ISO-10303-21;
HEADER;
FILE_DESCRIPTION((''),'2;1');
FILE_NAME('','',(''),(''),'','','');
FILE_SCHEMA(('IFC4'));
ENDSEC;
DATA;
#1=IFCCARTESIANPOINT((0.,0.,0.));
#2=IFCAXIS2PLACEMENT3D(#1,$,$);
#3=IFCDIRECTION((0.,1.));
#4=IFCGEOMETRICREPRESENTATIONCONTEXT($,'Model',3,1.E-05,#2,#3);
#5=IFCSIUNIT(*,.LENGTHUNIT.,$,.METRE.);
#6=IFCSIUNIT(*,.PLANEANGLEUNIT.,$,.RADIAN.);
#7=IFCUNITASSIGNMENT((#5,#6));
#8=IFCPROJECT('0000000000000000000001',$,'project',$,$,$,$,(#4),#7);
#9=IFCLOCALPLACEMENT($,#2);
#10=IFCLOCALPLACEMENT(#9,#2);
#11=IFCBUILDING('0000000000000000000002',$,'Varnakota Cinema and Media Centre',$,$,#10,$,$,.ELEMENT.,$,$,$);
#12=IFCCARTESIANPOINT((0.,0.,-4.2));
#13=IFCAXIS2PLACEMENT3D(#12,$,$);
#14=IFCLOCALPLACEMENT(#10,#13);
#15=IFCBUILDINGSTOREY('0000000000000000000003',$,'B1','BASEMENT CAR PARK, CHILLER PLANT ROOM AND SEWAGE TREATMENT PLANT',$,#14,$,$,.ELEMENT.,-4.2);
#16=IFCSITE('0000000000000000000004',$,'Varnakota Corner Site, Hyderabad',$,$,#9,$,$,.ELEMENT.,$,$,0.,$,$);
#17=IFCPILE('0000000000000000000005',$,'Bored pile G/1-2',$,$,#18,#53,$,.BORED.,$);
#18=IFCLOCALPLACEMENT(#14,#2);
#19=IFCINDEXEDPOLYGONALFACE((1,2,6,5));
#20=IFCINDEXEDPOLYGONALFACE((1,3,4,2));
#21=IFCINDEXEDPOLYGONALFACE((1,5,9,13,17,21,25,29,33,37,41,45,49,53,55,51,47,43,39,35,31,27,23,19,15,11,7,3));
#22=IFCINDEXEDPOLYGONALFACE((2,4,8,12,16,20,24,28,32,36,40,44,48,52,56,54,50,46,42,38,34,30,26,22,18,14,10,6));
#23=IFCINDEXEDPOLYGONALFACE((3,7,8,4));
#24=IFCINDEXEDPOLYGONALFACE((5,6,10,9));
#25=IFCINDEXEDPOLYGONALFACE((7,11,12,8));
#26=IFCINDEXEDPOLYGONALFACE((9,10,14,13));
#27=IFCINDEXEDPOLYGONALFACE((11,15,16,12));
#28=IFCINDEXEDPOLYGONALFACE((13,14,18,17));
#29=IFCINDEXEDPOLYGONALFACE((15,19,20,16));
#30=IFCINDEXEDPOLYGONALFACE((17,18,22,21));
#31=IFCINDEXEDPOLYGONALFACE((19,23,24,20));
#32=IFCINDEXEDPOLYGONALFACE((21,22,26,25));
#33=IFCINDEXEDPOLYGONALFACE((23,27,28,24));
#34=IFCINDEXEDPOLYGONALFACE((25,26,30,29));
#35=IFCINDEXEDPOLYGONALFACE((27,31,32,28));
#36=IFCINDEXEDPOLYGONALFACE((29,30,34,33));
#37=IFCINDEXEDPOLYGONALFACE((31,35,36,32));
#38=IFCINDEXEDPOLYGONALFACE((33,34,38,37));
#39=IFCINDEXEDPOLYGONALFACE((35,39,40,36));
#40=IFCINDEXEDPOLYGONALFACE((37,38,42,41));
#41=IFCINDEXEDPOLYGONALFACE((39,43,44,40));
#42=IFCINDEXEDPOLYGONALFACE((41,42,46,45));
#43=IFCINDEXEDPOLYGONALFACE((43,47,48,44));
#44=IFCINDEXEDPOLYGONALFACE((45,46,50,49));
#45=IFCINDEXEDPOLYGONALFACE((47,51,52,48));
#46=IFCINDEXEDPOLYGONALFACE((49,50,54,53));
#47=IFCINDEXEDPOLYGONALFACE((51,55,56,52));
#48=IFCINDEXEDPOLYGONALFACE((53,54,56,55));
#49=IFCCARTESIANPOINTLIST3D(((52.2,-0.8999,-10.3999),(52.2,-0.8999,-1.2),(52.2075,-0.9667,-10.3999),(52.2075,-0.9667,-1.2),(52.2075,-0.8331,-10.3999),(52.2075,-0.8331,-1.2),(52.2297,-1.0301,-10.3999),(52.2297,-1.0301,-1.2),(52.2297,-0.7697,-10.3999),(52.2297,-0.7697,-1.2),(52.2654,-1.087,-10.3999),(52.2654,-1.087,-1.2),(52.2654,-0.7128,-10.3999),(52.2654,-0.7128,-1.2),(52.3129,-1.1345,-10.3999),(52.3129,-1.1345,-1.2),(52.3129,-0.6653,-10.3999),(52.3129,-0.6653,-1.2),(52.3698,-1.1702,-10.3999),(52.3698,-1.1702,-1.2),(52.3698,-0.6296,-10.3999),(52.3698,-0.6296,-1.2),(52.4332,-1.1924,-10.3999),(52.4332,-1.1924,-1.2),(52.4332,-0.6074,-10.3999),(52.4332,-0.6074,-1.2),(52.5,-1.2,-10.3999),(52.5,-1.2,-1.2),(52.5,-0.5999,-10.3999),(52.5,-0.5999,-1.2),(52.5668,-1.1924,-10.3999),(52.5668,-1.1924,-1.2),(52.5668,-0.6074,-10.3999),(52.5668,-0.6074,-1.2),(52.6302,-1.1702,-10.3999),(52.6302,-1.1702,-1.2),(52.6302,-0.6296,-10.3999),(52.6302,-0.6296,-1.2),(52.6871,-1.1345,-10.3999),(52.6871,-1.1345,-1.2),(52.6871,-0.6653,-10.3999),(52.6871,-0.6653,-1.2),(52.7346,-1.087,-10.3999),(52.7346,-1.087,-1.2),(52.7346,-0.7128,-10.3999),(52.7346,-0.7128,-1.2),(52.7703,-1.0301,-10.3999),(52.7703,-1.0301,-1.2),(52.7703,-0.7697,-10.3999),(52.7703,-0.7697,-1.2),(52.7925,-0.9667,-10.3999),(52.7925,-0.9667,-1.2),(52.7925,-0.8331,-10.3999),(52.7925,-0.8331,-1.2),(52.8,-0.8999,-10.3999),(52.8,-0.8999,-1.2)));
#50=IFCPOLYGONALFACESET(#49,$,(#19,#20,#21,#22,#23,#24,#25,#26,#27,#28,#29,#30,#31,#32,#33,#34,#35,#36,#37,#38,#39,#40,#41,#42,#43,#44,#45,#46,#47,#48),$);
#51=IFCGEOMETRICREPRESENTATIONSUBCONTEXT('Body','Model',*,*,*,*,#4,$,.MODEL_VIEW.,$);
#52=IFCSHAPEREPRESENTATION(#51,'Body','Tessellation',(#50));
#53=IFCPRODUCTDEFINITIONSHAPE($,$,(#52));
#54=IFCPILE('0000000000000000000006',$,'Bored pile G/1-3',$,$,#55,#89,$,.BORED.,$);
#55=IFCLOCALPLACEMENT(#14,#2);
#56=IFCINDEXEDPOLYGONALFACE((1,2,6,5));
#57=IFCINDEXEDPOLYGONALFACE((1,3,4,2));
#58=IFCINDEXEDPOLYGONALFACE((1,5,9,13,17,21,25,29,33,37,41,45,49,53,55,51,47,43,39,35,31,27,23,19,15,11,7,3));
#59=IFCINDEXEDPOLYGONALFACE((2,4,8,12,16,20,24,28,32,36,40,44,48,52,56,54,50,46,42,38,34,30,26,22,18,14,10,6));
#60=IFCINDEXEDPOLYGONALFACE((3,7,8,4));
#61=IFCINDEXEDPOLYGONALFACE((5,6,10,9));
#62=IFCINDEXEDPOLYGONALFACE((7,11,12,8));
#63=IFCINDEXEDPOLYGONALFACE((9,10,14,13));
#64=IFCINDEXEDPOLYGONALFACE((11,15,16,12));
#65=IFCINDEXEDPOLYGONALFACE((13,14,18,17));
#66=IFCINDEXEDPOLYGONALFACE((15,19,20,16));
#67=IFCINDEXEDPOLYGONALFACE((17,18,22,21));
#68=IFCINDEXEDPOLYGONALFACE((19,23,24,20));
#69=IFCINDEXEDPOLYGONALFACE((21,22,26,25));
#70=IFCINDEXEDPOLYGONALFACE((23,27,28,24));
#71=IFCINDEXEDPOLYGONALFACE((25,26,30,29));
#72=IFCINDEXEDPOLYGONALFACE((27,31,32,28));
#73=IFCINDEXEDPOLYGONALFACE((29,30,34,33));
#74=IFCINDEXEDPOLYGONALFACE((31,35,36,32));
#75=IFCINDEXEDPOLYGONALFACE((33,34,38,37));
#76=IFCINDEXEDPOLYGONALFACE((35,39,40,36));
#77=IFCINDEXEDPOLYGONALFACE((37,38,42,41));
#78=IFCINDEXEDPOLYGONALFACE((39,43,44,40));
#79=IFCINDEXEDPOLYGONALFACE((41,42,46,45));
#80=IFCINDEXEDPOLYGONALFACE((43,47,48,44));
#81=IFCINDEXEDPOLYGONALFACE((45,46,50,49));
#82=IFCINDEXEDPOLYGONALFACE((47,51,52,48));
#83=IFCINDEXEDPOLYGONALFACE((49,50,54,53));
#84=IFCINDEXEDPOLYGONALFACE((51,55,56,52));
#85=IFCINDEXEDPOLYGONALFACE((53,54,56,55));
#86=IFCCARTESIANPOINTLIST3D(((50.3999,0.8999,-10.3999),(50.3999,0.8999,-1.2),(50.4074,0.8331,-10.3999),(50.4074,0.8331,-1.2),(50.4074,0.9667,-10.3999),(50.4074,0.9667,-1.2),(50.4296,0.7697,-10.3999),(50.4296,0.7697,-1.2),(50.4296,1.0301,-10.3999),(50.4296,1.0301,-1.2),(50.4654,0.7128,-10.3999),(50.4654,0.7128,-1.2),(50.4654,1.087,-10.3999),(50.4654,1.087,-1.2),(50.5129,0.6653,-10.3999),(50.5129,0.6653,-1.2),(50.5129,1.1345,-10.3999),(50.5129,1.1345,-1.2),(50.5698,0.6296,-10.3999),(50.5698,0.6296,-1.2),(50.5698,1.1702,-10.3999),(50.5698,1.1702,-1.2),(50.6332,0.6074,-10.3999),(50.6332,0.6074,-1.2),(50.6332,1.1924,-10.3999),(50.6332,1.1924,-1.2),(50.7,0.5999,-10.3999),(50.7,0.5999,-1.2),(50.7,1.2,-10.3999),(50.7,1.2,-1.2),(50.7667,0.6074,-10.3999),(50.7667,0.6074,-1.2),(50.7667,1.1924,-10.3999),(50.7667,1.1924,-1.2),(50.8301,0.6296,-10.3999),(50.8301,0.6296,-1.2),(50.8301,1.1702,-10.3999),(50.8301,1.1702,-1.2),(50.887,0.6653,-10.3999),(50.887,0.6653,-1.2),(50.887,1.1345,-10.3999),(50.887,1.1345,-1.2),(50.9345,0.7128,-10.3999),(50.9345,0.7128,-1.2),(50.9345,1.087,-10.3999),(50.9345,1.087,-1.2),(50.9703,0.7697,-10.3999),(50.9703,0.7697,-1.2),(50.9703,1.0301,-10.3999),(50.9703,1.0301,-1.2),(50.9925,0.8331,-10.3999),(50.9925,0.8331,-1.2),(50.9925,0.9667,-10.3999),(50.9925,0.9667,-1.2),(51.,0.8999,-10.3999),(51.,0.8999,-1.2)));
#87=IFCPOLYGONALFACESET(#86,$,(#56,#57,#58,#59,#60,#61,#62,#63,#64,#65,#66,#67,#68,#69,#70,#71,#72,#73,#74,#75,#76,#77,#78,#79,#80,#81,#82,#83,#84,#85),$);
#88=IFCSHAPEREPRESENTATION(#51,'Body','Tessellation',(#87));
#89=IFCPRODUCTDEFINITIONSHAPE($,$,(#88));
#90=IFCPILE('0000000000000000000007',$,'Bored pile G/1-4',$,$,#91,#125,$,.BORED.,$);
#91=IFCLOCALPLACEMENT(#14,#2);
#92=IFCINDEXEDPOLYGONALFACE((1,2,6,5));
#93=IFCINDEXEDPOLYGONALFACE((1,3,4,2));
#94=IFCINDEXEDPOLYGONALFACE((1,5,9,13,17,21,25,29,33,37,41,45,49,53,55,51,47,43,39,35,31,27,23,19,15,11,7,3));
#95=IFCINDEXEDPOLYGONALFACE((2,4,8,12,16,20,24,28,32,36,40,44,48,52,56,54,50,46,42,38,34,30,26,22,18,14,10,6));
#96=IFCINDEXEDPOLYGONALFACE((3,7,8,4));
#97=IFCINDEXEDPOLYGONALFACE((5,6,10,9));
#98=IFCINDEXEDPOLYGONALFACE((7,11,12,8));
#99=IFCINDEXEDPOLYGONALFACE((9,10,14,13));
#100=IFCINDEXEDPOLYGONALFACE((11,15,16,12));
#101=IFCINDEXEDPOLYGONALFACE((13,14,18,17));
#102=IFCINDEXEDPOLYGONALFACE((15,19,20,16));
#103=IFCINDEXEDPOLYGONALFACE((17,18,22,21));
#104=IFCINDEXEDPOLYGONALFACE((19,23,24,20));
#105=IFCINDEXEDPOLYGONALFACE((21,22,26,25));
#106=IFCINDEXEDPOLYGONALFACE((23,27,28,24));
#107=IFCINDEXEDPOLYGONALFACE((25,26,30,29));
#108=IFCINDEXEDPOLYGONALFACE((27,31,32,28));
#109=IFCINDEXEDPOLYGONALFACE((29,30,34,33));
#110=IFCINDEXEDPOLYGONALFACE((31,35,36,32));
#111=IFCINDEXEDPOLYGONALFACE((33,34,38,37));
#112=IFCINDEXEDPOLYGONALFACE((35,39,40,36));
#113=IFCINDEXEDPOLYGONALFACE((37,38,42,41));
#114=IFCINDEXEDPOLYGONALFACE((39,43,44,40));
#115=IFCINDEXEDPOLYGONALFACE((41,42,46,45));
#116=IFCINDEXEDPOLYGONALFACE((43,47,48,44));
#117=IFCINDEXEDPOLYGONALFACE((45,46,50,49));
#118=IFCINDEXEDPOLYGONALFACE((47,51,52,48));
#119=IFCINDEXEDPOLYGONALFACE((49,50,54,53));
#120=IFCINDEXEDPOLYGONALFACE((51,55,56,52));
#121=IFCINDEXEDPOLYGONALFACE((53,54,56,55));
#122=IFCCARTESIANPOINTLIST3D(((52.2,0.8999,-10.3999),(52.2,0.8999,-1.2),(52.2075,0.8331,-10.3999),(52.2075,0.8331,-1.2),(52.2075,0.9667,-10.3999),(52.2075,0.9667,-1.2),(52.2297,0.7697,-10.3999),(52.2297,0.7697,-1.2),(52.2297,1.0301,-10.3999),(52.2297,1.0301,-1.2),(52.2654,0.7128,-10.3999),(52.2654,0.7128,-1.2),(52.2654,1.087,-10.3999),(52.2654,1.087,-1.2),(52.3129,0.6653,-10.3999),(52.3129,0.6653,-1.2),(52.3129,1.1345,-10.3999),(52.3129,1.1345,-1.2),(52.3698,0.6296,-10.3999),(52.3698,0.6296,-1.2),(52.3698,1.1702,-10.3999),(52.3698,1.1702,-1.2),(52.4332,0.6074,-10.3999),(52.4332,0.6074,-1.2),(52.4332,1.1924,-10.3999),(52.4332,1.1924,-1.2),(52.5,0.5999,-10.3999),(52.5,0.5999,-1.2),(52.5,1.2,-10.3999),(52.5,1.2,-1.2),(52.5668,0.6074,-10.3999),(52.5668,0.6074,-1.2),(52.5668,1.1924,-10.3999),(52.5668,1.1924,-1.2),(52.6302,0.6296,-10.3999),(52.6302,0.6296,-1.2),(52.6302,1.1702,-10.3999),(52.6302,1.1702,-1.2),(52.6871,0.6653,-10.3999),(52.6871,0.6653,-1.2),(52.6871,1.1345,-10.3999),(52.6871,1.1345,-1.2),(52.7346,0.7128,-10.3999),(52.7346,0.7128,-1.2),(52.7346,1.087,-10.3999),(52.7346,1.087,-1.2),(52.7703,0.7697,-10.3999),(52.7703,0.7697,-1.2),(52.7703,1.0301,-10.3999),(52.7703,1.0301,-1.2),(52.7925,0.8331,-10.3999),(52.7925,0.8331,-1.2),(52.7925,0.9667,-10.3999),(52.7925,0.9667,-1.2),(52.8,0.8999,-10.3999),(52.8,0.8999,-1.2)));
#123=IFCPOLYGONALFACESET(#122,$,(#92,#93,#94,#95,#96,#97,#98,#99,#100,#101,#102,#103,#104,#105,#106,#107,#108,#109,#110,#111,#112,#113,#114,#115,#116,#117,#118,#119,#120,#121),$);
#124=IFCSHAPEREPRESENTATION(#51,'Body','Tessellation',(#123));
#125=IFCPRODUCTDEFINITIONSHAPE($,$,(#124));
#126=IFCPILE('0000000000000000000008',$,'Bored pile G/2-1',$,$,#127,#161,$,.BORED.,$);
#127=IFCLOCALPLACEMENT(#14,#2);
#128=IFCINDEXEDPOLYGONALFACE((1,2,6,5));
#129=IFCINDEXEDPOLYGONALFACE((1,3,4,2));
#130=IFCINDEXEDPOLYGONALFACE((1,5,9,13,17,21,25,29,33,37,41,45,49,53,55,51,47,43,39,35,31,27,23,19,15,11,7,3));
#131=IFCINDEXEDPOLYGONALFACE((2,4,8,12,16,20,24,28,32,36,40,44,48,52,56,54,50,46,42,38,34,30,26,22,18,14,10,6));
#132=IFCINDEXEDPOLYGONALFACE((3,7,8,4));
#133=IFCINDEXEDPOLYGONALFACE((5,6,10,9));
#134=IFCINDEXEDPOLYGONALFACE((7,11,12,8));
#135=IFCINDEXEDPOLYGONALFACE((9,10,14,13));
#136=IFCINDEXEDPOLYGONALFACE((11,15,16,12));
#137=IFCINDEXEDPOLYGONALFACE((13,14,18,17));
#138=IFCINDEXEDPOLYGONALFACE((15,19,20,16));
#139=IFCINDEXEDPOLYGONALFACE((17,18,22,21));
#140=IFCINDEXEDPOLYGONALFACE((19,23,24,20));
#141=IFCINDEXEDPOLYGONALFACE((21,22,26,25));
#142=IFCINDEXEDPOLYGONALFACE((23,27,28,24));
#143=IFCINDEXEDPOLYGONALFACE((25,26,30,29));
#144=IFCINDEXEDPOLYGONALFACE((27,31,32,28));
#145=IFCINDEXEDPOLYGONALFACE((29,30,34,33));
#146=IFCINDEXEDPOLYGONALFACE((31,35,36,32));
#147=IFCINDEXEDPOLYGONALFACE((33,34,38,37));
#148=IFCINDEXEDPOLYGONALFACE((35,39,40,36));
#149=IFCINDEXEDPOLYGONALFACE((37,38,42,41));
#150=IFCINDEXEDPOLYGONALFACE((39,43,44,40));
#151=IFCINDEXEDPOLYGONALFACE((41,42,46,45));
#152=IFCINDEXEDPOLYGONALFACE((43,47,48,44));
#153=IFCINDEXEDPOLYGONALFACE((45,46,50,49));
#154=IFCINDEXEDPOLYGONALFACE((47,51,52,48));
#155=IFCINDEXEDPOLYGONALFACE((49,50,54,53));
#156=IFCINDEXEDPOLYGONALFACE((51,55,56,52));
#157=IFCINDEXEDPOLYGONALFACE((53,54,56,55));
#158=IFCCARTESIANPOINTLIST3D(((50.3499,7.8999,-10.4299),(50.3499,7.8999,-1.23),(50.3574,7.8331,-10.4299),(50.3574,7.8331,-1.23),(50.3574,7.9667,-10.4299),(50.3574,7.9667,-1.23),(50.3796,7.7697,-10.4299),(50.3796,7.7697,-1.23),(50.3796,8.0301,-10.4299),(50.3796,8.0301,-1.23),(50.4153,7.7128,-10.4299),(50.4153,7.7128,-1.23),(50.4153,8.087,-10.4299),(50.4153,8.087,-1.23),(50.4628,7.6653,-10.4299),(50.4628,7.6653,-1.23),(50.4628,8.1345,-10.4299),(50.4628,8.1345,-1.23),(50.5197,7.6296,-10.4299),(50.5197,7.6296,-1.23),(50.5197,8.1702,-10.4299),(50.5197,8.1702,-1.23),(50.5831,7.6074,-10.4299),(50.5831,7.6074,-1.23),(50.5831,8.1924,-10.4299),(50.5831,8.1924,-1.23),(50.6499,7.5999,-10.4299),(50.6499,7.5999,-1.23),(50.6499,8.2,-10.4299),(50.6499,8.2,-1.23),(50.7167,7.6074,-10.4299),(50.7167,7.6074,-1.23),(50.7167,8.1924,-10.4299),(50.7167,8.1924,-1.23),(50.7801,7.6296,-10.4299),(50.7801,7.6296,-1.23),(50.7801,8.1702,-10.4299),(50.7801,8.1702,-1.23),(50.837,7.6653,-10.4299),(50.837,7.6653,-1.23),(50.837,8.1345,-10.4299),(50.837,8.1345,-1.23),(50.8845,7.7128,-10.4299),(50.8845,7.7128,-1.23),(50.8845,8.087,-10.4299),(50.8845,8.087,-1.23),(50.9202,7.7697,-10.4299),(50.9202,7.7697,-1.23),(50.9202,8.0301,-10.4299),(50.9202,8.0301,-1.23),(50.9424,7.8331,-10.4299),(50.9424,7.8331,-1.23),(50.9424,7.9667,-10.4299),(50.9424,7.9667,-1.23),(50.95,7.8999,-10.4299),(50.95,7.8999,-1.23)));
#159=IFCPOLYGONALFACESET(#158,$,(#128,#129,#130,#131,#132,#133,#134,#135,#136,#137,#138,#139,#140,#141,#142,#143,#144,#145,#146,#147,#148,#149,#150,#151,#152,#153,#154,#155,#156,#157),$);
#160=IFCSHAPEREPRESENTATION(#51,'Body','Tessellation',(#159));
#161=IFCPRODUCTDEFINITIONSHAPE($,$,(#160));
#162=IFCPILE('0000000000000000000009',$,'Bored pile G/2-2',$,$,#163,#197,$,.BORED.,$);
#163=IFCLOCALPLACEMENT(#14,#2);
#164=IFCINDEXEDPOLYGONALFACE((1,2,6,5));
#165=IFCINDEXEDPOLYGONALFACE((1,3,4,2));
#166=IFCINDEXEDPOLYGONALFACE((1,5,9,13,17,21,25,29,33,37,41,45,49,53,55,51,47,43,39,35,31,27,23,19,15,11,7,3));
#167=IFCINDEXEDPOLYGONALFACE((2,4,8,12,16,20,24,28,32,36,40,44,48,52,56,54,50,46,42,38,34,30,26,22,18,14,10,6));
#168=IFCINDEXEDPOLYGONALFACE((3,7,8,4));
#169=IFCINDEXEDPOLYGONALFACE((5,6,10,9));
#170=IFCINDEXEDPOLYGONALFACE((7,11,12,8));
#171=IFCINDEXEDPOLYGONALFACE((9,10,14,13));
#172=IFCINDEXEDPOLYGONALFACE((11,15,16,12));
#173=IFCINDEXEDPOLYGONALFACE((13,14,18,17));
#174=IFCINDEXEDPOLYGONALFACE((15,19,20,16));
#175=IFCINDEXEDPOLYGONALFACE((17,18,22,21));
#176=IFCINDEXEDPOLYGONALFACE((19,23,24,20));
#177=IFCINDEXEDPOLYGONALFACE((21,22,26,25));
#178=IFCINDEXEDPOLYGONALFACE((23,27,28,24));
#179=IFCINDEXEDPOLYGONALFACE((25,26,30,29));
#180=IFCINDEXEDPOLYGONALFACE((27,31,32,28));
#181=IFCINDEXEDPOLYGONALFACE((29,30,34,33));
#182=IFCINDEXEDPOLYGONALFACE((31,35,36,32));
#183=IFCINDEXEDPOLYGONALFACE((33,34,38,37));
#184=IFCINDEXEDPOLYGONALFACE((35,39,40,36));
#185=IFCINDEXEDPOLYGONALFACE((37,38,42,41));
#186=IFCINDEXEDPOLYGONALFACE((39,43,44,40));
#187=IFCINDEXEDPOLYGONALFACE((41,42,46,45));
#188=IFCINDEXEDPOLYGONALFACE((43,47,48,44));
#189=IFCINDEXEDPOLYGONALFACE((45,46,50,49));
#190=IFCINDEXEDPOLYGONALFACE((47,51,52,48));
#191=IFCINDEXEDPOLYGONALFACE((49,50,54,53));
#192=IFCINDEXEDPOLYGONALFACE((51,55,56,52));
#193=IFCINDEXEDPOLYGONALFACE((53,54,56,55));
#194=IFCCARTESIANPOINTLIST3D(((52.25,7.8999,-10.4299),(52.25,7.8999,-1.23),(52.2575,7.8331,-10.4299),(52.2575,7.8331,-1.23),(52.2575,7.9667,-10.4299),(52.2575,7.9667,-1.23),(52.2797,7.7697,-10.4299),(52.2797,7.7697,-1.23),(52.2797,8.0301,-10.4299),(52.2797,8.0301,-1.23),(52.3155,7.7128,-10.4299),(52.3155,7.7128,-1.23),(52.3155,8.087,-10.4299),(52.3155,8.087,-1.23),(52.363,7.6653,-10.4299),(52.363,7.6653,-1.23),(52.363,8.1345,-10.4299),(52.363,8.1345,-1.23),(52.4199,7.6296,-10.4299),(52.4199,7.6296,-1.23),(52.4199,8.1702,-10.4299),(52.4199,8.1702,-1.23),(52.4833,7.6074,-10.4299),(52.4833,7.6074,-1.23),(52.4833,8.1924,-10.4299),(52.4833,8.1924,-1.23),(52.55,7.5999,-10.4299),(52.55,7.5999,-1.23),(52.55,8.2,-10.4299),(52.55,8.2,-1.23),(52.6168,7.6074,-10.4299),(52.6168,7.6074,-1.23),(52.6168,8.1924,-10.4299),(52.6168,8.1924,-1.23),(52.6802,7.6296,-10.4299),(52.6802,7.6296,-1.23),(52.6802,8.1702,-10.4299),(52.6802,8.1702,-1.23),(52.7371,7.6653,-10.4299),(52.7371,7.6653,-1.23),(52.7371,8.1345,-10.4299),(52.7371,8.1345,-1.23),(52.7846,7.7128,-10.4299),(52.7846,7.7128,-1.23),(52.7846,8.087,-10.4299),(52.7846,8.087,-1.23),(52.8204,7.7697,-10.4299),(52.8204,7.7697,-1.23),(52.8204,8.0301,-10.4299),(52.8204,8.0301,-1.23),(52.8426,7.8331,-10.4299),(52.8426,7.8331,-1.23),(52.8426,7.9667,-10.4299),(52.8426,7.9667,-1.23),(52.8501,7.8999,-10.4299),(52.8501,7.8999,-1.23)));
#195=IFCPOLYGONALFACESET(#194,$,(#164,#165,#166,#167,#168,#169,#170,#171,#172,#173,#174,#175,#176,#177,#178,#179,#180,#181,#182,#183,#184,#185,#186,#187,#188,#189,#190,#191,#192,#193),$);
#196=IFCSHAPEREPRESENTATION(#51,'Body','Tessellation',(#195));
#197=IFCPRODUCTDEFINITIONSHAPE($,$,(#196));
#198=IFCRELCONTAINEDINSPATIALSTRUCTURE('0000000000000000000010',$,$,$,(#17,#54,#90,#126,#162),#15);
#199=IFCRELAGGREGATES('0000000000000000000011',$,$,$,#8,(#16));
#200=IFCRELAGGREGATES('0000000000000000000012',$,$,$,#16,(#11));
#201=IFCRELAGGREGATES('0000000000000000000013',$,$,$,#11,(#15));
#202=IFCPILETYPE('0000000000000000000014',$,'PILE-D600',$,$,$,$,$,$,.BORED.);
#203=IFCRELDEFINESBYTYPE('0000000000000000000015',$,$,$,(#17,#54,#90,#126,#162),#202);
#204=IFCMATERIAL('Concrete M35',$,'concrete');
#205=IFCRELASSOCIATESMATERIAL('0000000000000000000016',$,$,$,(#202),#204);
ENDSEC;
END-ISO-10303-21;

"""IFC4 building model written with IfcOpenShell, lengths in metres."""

from ifc_helpers import new_model, si_unit, direction, frame, origin, origin_2d, place, context, subcontext, project, spatial, circle, extrude, material, material_profile, profile_set, type_object, element, save


model = new_model("IFC4")

# Units and contexts
model_context = context("Model", 3, precision=1e-05, world=origin(), true_north=direction((0.0, 1.0)))
body_context = subcontext(model_context, "Body", "Model", "MODEL_VIEW")
ifc_project = project(units=[si_unit("LENGTHUNIT", "METRE"), si_unit("PLANEANGLEUNIT", "RADIAN")], contexts=[model_context])

# Site, building, storey
site_placement = place(None, origin())
site = spatial("IfcSite", under=ifc_project, at=site_placement, Name="Varnakota Corner Site, Hyderabad", CompositionType="ELEMENT", RefElevation=0.0)
building_placement = place(site_placement, origin())
building = spatial("IfcBuilding", under=site, at=building_placement, Name="Varnakota Cinema and Media Centre", CompositionType="ELEMENT")
storey_placement = place(building_placement, frame((0.0, 0.0, -4.2)))
storey = spatial("IfcBuildingStorey", under=building, at=storey_placement, Name="B1", Description="BASEMENT CAR PARK, CHILLER PLANT ROOM AND SEWAGE TREATMENT PLANT", CompositionType="ELEMENT", Elevation=-4.2)

# Piles
ifc_material_1 = material(Name="Concrete M35", Category="concrete")
ifc_material_profile_1 = material_profile(ifc_material_1, circle(Radius=0.3, at=origin_2d()), Name="PILE D600")
ifc_profile_set_1 = profile_set([ifc_material_profile_1], Name="Concrete M35")
pile_type_1 = type_object("IfcPileType", Name="PILE-D600", PredefinedType="BORED", material=ifc_profile_set_1)
for number, where, z_axis, x_axis, name in (
    (1, (52.5, -0.8999, -1.2), (0.0, 0.0, -1.0), (1.0, 0.0, 0.0), "Bored pile G/1-2"),
    (2, (50.7, 0.8999, -1.2), (0.0, 0.0, -1.0), (1.0, 0.0, 0.0), "Bored pile G/1-3"),
    (3, (52.5, 0.8999, -1.2), (0.0, 0.0, -1.0), (1.0, 0.0, 0.0), "Bored pile G/1-4"),
    (4, (50.6499, 7.8999, -1.23), (0.0, 0.0, -1.0), (1.0, 0.0, 0.0), "Bored pile G/2-1"),
    (5, (52.55, 7.8999, -1.23), (0.0, 0.0, -1.0), (1.0, 0.0, 0.0), "Bored pile G/2-2"),
):
    element("IfcPile", number, at=place(storey_placement, frame(where, z_axis=z_axis, x_axis=x_axis)), inside=storey, type_object=pile_type_1, Name=name, PredefinedType="BORED", context=body_context, shape_type="SweptSolid", body=[
        extrude(circle(Radius=0.3, at=origin_2d()), origin(), (0.0, 0.0, 1.0), 9.2),
    ])

save(model, "model.ifc")
